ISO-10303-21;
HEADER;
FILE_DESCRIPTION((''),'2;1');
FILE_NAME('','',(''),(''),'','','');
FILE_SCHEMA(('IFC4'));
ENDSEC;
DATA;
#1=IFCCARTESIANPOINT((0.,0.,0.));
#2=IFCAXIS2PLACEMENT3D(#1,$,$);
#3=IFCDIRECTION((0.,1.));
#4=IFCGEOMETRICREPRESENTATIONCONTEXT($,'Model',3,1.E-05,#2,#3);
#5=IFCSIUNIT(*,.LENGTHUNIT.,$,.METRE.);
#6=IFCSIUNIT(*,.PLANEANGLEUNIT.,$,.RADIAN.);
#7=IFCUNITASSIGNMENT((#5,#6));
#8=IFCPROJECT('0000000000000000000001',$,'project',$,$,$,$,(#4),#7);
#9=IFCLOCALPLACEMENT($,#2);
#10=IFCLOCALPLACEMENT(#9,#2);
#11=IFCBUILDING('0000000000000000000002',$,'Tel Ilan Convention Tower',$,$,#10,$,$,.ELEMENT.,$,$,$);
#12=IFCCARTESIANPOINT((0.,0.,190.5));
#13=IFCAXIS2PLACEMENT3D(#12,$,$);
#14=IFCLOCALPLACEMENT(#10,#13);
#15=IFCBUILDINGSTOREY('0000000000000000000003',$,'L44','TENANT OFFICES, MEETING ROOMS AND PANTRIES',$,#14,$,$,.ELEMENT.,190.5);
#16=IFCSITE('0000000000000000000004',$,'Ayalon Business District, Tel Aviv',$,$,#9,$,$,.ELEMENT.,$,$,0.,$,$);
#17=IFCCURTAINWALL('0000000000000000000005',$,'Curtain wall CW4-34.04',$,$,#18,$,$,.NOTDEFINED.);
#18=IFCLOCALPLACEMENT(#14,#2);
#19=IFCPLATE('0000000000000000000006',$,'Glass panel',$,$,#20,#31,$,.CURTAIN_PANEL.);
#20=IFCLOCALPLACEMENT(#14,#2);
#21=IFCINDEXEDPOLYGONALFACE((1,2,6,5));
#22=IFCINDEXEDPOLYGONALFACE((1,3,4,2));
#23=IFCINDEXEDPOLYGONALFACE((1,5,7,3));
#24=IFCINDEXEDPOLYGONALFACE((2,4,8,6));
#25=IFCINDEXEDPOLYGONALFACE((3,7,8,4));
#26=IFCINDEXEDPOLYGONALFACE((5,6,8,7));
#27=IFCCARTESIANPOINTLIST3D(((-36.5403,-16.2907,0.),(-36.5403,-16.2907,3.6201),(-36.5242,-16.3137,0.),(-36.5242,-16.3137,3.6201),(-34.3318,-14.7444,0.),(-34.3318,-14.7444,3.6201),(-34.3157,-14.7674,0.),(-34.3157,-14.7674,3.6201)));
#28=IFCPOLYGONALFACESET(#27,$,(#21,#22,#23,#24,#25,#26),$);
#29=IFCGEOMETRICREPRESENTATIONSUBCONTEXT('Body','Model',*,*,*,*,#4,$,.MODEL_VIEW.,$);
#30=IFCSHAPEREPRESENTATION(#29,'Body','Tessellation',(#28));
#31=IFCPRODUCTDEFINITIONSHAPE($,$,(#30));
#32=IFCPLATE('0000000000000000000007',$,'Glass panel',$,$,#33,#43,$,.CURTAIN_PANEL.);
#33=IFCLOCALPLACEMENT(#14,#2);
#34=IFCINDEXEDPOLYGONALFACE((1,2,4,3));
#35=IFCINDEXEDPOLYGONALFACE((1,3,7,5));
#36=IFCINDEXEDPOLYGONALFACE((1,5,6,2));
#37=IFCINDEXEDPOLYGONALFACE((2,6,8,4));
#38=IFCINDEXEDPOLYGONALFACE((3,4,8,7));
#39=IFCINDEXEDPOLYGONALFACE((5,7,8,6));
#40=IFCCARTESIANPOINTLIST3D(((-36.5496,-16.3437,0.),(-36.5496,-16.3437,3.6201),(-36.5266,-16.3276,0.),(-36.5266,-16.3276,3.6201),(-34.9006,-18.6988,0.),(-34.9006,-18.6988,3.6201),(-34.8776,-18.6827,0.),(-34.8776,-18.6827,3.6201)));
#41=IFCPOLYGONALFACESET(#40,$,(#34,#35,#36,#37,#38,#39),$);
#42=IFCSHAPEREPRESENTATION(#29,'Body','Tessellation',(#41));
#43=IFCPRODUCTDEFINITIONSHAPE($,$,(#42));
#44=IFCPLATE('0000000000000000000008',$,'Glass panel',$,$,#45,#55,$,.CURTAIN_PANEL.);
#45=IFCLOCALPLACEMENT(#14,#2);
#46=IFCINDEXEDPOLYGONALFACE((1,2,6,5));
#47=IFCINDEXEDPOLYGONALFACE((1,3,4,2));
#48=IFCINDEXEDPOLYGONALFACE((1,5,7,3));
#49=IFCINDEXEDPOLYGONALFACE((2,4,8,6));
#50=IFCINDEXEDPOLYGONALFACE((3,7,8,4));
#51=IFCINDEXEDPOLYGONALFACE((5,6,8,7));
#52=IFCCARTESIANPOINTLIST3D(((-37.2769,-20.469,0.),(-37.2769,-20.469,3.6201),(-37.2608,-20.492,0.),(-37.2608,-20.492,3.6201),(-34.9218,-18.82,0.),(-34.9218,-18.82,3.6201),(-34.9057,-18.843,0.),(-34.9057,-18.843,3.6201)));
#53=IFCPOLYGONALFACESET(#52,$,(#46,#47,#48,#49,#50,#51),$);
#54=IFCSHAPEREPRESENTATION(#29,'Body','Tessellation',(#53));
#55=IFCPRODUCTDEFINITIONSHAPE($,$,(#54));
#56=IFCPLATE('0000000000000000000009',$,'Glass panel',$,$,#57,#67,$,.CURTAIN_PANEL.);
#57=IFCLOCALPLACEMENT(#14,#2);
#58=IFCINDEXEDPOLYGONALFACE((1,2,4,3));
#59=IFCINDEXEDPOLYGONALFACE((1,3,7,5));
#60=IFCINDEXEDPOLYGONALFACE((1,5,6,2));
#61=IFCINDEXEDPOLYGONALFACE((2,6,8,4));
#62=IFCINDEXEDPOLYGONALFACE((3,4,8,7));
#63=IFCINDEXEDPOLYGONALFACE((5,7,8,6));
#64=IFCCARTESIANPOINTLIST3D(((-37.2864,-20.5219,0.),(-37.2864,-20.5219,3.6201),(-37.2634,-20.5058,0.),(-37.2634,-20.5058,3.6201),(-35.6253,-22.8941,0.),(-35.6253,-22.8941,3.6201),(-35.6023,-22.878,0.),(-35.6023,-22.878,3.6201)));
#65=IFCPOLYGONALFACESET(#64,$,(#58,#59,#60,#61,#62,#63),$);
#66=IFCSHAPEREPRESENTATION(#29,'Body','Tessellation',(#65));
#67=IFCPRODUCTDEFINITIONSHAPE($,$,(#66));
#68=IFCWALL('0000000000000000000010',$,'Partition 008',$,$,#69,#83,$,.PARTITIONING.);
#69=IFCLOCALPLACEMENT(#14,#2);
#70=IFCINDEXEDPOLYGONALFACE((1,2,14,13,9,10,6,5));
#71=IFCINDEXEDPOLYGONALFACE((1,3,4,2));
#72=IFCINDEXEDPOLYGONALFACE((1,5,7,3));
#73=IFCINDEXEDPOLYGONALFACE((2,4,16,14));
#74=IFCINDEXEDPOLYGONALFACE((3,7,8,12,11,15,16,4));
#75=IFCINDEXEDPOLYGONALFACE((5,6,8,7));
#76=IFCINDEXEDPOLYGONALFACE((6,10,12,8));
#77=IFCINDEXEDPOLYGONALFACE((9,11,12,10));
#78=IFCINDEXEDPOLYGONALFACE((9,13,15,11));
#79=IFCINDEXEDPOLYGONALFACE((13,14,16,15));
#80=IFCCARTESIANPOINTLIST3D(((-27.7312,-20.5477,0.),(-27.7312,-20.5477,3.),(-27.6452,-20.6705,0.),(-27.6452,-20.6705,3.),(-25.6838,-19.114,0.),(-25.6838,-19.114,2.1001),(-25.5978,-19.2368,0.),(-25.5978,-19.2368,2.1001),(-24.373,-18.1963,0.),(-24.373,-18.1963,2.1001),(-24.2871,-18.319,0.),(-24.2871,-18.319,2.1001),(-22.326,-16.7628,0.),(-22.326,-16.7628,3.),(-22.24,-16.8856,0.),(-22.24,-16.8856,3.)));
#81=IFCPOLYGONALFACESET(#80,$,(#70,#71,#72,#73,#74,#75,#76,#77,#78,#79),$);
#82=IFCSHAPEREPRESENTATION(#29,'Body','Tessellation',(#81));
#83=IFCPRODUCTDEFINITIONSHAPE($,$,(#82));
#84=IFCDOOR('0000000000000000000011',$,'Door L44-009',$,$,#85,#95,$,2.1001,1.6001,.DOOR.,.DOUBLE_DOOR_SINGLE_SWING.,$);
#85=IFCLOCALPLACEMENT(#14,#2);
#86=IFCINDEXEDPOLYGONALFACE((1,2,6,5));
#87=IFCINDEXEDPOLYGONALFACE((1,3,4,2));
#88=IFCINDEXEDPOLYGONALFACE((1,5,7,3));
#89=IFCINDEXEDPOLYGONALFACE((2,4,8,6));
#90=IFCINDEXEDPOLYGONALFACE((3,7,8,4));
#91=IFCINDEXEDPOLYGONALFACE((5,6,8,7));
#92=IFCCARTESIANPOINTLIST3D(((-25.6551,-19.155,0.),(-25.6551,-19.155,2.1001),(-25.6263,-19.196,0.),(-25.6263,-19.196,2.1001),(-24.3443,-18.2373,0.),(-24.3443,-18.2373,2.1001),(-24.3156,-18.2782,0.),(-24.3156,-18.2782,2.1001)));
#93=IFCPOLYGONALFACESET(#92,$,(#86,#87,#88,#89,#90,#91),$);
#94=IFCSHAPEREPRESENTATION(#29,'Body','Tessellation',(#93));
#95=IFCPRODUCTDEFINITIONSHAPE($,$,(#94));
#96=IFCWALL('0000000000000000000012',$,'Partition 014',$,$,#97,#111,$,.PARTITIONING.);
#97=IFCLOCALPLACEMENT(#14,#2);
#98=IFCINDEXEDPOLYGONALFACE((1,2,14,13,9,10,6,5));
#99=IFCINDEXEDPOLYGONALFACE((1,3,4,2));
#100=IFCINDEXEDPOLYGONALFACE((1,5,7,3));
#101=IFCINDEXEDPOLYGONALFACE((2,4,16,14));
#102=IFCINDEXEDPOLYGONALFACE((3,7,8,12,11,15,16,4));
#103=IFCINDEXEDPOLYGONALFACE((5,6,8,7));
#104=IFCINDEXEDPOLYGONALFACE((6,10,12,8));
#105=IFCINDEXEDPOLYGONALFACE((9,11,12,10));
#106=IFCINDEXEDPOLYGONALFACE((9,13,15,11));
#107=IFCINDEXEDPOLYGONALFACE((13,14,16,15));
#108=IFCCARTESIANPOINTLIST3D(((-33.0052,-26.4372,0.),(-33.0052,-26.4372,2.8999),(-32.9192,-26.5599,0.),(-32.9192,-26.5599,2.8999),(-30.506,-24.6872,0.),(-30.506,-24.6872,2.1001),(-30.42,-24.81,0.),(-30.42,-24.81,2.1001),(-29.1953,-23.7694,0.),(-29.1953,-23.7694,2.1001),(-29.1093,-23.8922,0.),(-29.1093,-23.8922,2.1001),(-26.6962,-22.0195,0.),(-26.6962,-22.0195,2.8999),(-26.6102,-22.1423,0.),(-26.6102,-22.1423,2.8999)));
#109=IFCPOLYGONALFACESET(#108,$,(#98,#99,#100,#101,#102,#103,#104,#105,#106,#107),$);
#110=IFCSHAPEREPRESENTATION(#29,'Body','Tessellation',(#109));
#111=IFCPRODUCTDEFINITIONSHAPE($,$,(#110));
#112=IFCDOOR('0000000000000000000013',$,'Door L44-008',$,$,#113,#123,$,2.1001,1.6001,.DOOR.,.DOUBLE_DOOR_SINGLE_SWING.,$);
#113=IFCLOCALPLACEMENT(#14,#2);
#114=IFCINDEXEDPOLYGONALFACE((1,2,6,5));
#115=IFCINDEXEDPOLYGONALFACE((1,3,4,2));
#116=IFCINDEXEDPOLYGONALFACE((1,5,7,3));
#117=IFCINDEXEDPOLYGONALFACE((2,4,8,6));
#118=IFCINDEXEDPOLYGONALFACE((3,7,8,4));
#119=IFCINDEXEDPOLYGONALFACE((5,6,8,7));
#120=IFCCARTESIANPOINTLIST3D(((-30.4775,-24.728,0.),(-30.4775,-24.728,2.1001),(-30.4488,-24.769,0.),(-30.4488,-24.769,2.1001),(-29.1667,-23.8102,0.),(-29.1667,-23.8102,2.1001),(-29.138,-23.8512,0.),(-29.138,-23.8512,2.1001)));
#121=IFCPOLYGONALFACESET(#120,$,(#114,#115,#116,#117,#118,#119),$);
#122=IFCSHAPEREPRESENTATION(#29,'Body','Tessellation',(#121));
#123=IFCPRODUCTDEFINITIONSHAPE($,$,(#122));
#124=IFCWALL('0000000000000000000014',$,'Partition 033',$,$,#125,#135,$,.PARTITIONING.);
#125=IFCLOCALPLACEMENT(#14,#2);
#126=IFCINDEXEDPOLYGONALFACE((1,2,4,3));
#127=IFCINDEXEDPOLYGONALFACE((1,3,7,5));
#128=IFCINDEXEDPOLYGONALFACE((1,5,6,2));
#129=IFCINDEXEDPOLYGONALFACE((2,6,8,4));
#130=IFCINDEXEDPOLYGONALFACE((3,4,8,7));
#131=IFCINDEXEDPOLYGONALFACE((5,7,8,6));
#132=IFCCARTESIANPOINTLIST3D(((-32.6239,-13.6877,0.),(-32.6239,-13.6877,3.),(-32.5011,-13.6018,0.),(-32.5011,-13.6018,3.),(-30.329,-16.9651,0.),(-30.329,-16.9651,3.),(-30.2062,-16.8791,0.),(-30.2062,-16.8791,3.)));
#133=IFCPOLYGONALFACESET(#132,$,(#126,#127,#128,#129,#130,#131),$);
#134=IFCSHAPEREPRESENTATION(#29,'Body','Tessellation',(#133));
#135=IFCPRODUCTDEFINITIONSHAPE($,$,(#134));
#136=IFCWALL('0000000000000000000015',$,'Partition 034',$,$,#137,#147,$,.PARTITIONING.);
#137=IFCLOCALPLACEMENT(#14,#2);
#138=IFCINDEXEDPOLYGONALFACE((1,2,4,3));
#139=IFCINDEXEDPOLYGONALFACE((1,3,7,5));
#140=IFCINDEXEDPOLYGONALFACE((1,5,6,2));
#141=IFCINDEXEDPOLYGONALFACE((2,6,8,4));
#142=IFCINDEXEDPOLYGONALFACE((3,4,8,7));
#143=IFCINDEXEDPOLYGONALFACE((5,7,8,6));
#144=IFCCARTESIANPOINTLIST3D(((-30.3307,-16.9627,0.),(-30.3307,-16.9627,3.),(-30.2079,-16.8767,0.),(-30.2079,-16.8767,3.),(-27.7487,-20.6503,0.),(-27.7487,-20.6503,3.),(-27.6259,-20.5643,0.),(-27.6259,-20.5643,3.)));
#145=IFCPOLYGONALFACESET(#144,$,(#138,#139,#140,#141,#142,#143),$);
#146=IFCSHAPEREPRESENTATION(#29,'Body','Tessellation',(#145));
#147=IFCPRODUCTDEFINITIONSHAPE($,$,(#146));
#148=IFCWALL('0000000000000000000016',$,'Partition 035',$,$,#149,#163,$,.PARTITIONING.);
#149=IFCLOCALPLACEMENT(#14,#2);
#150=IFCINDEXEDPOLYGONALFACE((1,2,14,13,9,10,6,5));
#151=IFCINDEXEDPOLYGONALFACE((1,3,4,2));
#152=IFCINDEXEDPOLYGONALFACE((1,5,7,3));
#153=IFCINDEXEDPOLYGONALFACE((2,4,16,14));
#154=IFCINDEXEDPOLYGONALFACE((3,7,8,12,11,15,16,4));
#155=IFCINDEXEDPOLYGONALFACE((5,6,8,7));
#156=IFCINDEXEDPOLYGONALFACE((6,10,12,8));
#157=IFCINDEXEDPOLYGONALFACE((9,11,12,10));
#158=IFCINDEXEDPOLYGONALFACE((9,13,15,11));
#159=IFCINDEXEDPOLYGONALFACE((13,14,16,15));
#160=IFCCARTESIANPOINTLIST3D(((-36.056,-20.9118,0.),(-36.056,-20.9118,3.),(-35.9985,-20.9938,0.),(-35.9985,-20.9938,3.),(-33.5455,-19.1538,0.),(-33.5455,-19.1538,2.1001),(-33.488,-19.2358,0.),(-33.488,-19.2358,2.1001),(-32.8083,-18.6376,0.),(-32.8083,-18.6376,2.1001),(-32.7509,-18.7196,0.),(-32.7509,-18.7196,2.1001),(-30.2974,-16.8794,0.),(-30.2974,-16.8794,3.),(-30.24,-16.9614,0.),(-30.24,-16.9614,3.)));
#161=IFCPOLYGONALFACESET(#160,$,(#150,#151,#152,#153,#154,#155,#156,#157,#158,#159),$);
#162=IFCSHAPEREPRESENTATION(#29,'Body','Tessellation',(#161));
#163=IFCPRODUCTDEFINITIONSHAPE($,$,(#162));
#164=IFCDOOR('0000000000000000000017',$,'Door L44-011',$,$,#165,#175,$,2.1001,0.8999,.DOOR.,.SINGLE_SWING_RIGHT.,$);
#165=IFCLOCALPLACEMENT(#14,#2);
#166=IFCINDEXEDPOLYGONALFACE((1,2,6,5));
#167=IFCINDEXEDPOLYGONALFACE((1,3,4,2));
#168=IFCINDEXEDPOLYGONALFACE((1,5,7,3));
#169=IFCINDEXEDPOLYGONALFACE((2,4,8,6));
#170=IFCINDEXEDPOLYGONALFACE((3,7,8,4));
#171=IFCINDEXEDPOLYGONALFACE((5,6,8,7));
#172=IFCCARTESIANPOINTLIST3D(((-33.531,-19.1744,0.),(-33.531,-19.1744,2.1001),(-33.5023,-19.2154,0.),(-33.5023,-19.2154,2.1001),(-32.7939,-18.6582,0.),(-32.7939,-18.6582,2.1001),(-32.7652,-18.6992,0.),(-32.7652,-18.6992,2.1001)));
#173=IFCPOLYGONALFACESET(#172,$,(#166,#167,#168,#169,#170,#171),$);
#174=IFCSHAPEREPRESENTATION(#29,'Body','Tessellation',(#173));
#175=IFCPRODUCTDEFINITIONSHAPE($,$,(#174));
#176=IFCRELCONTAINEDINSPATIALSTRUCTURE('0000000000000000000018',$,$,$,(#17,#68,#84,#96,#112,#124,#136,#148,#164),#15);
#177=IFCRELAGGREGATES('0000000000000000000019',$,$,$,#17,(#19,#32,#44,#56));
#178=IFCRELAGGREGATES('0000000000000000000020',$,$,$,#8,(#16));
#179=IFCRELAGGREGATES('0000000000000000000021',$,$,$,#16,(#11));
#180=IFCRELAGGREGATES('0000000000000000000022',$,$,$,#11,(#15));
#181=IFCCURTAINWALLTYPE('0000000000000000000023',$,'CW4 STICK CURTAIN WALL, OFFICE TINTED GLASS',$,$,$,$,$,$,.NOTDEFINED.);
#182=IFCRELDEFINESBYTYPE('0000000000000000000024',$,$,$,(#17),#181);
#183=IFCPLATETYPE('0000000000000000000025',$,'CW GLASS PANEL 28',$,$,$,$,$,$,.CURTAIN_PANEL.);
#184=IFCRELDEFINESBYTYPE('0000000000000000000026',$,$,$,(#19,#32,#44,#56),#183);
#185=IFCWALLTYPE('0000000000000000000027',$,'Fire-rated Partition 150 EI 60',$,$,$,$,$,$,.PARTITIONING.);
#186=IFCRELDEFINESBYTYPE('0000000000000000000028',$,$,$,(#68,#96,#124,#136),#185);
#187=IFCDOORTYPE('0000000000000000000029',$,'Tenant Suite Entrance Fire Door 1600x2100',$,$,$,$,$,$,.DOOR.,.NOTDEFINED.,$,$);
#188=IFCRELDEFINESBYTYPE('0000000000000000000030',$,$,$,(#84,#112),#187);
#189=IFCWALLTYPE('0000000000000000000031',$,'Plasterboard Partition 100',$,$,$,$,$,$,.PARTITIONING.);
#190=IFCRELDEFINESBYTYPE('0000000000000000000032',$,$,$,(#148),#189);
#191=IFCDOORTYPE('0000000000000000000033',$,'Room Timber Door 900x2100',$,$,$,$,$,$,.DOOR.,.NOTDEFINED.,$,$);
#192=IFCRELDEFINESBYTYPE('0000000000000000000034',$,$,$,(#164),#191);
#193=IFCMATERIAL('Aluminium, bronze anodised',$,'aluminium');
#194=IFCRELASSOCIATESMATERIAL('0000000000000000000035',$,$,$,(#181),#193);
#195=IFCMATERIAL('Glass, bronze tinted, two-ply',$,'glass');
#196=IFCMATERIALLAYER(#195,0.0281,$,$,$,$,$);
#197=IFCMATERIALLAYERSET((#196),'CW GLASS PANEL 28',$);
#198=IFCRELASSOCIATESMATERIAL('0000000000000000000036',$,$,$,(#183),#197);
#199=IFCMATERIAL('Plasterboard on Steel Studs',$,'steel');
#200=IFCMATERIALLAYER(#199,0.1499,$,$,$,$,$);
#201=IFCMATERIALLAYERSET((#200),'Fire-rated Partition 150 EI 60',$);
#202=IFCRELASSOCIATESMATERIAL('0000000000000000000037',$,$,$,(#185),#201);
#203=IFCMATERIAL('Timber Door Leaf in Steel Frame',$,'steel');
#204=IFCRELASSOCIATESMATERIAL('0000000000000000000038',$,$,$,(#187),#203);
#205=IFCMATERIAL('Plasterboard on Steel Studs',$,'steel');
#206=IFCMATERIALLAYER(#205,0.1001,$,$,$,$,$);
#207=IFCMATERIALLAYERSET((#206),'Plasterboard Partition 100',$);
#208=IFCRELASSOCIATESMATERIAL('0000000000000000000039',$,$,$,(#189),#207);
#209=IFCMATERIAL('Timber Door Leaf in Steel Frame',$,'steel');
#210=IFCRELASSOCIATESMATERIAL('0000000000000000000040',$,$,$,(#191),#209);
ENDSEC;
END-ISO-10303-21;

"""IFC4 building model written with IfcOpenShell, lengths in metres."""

from ifc_helpers import new_model, si_unit, direction, frame, frame_2d, origin, origin_2d, place, context, subcontext, project, spatial, rectangle, extrude, material, layer, layer_set, type_object, element, fill, aggregate, save


model = new_model("IFC4")

# Units and contexts
model_context = context("Model", 3, precision=1e-05, world=origin(), true_north=direction((0.0, 1.0)))
body_context = subcontext(model_context, "Body", "Model", "MODEL_VIEW")
ifc_project = project(units=[si_unit("LENGTHUNIT", "METRE"), si_unit("PLANEANGLEUNIT", "RADIAN")], contexts=[model_context])

# Site, building, storey
site_placement = place(None, origin())
site = spatial("IfcSite", under=ifc_project, at=site_placement, Name="Ayalon Business District, Tel Aviv", CompositionType="ELEMENT", RefElevation=0.0)
building_placement = place(site_placement, origin())
building = spatial("IfcBuilding", under=site, at=building_placement, Name="Tel Ilan Convention Tower", CompositionType="ELEMENT")
storey_placement = place(building_placement, frame((0.0, 0.0, 190.5)))
storey = spatial("IfcBuildingStorey", under=building, at=storey_placement, Name="L44", Description="TENANT OFFICES, MEETING ROOMS AND PANTRIES", CompositionType="ELEMENT", Elevation=190.5)

# Curtain wall, plates
ifc_material_1 = material(Name="Aluminium, bronze anodised", Category="aluminium")
curtain_wall_type = type_object("IfcCurtainWallType", Name="CW4 STICK CURTAIN WALL, OFFICE TINTED GLASS", PredefinedType="NOTDEFINED", material=ifc_material_1)
curtain_wall_placement = place(storey_placement, origin())
curtain_wall = element("IfcCurtainWall", 1, at=curtain_wall_placement, inside=storey, type_object=curtain_wall_type, Name="Curtain wall CW4-34.04", PredefinedType="NOTDEFINED")
ifc_material_2 = material(Name="Glass, bronze tinted, two-ply", Category="glass")
ifc_layer_1 = layer(ifc_material_2, 0.0281)
ifc_layer_set_1 = layer_set([ifc_layer_1], Name="CW GLASS PANEL 28")
plate_type = type_object("IfcPlateType", Name="CW GLASS PANEL 28", PredefinedType="CURTAIN_PANEL", material=ifc_layer_set_1)
plate_1_placement = place(storey_placement, frame((-35.428, -15.5291, 0.0), z_axis=(0.0, 0.0, 1.0), x_axis=(-0.819152, -0.573576, 0.0)))
plate_1 = element("IfcPlate", 2, at=plate_1_placement, type_object=plate_type, Name="Glass panel", PredefinedType="CURTAIN_PANEL", context=body_context, shape_type="SweptSolid", body=[
    extrude(rectangle(XDim=2.696, YDim=0.0281, at=origin_2d()), origin(), (0.0, 0.0, 1.0), 3.6201),
])
plate_2_placement = place(storey_placement, frame((-35.7136, -17.5132, 0.0), z_axis=(0.0, 0.0, 1.0), x_axis=(0.573576, -0.819152, 0.0)))
plate_2 = element("IfcPlate", 3, at=plate_2_placement, type_object=plate_type, Name="Glass panel", PredefinedType="CURTAIN_PANEL", context=body_context, shape_type="SweptSolid", body=[
    extrude(rectangle(XDim=2.875, YDim=0.0281, at=origin_2d()), origin(), (0.0, 0.0, 1.0), 3.6201),
])
plate_3_placement = place(storey_placement, frame((-36.0913, -19.656, 0.0), z_axis=(0.0, 0.0, 1.0), x_axis=(-0.819152, -0.573576, 0.0)))
plate_3 = element("IfcPlate", 4, at=plate_3_placement, type_object=plate_type, Name="Glass panel", PredefinedType="CURTAIN_PANEL", context=body_context, shape_type="SweptSolid", body=[
    extrude(rectangle(XDim=2.875, YDim=0.0281, at=origin_2d()), origin(), (0.0, 0.0, 1.0), 3.6201),
])
plate_4_placement = place(storey_placement, frame((-36.4443, -21.7, 0.0), z_axis=(0.0, 0.0, 1.0), x_axis=(0.573576, -0.819152, 0.0)))
plate_4 = element("IfcPlate", 5, at=plate_4_placement, type_object=plate_type, Name="Glass panel", PredefinedType="CURTAIN_PANEL", context=body_context, shape_type="SweptSolid", body=[
    extrude(rectangle(XDim=2.896, YDim=0.0281, at=origin_2d()), origin(), (0.0, 0.0, 1.0), 3.6201),
])
aggregate(curtain_wall, [plate_1, plate_2, plate_3, plate_4])

# Walls, openings, doors
ifc_material_3 = material(Name="Plasterboard on Steel Studs", Category="steel")
ifc_layer_2 = layer(ifc_material_3, 0.1499)
ifc_layer_set_2 = layer_set([ifc_layer_2], Name="Fire-rated Partition 150 EI 60")
wall_type_1 = type_object("IfcWallType", Name="Fire-rated Partition 150 EI 60", PredefinedType="PARTITIONING", material=ifc_layer_set_2)
wall_1_placement = place(storey_placement, frame((-27.6882, -20.6091, 0.0), z_axis=(0.0, 0.0, 1.0), x_axis=(0.819145, 0.573586, 0.0)))
wall_1 = element("IfcWall", 6, at=wall_1_placement, inside=storey, type_object=wall_type_1, Name="Partition 008", PredefinedType="PARTITIONING", context=body_context, shape_type="SweptSolid", body=[
    extrude(rectangle(XDim=6.5986, YDim=0.1499, at=frame_2d((3.2993, 0.0))), origin(), (0.0, 0.0, 1.0), 3.0),
])
opening_1_placement = place(wall_1_placement, frame((2.4995, 0.0, 0.0)))
opening_1 = element("IfcOpeningElement", 7, at=opening_1_placement, cuts=wall_1, PredefinedType="OPENING", context=body_context, shape_type="SweptSolid", body=[
    extrude(rectangle(XDim=1.6001, YDim=2.1001, at=frame_2d((0.8, 1.05))), frame((0.0, 0.085, 0.0), z_axis=(0.0, -1.0, 0.0), x_axis=(1.0, 0.0, 0.0)), (0.0, 0.0, 1.0), 0.1699),
])
ifc_material_4 = material(Name="Timber Door Leaf in Steel Frame", Category="steel")
door_type_1 = type_object("IfcDoorType", Name="Tenant Suite Entrance Fire Door 1600x2100", OperationType="NOTDEFINED", PredefinedType="DOOR", material=ifc_material_4)
door_1_placement = place(opening_1_placement, origin())
door_1 = element("IfcDoor", 8, at=door_1_placement, inside=storey, type_object=door_type_1, Name="Door L44-009", OperationType="DOUBLE_DOOR_SINGLE_SWING", OverallHeight=2.1001, OverallWidth=1.6001, PredefinedType="DOOR", context=body_context, shape_type="SweptSolid", body=[
    extrude(rectangle(XDim=1.6001, YDim=2.1001, at=frame_2d((0.8, 1.05))), frame((0.0, 0.0249, 0.0), z_axis=(0.0, -1.0, 0.0), x_axis=(1.0, 0.0, 0.0)), (0.0, 0.0, 1.0), 0.05),
])
fill(opening_1, door_1)
wall_2_placement = place(storey_placement, frame((-26.6531, -22.0808, 0.0), z_axis=(0.0, 0.0, 1.0), x_axis=(-0.819149, -0.573581, 0.0)))
wall_2 = element("IfcWall", 9, at=wall_2_placement, inside=storey, type_object=wall_type_1, Name="Partition 014", PredefinedType="PARTITIONING", context=body_context, shape_type="SweptSolid", body=[
    extrude(rectangle(XDim=7.7019, YDim=0.1499, at=frame_2d((3.8511, 0.0))), origin(), (0.0, 0.0, 1.0), 2.8999),
])
opening_2_placement = place(wall_2_placement, frame((3.051, 0.0, 0.0)))
opening_2 = element("IfcOpeningElement", 10, at=opening_2_placement, cuts=wall_2, PredefinedType="OPENING", context=body_context, shape_type="SweptSolid", body=[
    extrude(rectangle(XDim=1.6001, YDim=2.1001, at=frame_2d((0.8, 1.05))), frame((0.0, 0.085, 0.0), z_axis=(0.0, -1.0, 0.0), x_axis=(1.0, 0.0, 0.0)), (0.0, 0.0, 1.0), 0.1699),
])
door_2_placement = place(opening_2_placement, origin())
door_2 = element("IfcDoor", 11, at=door_2_placement, inside=storey, type_object=door_type_1, Name="Door L44-008", OperationType="DOUBLE_DOOR_SINGLE_SWING", OverallHeight=2.1001, OverallWidth=1.6001, PredefinedType="DOOR", context=body_context, shape_type="SweptSolid", body=[
    extrude(rectangle(XDim=1.6001, YDim=2.1001, at=frame_2d((0.8, 1.05))), frame((0.0, 0.0249, 0.0), z_axis=(0.0, -1.0, 0.0), x_axis=(1.0, 0.0, 0.0)), (0.0, 0.0, 1.0), 0.05),
])
fill(opening_2, door_2)

# Walls
wall_3_placement = place(storey_placement, frame((-30.2676, -16.9221, 0.0), z_axis=(0.0, 0.0, 1.0), x_axis=(-0.573593, 0.81914, 0.0)))
element("IfcWall", 12, at=wall_3_placement, inside=storey, type_object=wall_type_1, Name="Partition 033", PredefinedType="PARTITIONING", context=body_context, shape_type="SweptSolid", body=[
    extrude(rectangle(XDim=4.001, YDim=0.1499, at=frame_2d((2.0005, 0.0))), origin(), (0.0, 0.0, 1.0), 3.0),
])
wall_4_placement = place(storey_placement, frame((-27.6873, -20.6074, 0.0), z_axis=(0.0, 0.0, 1.0), x_axis=(-0.573553, 0.819168, 0.0)))
element("IfcWall", 13, at=wall_4_placement, inside=storey, type_object=wall_type_1, Name="Partition 034", PredefinedType="PARTITIONING", context=body_context, shape_type="SweptSolid", body=[
    extrude(rectangle(XDim=4.5017, YDim=0.1499, at=frame_2d((2.251, 0.0))), origin(), (0.0, 0.0, 1.0), 3.0),
])

# Wall, opening, door
ifc_material_5 = material(Name="Plasterboard on Steel Studs", Category="steel")
ifc_layer_3 = layer(ifc_material_5, 0.1001)
ifc_layer_set_3 = layer_set([ifc_layer_3], Name="Plasterboard Partition 100")
wall_type_2 = type_object("IfcWallType", Name="Plasterboard Partition 100", PredefinedType="PARTITIONING", material=ifc_layer_set_3)
wall_5_placement = place(storey_placement, frame((-36.0273, -20.9529, 0.0), z_axis=(0.0, 0.0, 1.0), x_axis=(0.819132, 0.573605, 0.0)))
wall_5 = element("IfcWall", 14, at=wall_5_placement, inside=storey, type_object=wall_type_2, Name="Partition 035", PredefinedType="PARTITIONING", context=body_context, shape_type="SweptSolid", body=[
    extrude(rectangle(XDim=7.03, YDim=0.1001, at=frame_2d((3.5151, 0.0))), origin(), (0.0, 0.0, 1.0), 3.0),
])
opening_3_placement = place(wall_5_placement, frame((3.0649, 0.0, 0.0)))
opening_3 = element("IfcOpeningElement", 15, at=opening_3_placement, cuts=wall_5, PredefinedType="OPENING", context=body_context, shape_type="SweptSolid", body=[
    extrude(rectangle(XDim=0.8999, YDim=2.1001, at=frame_2d((0.45, 1.05))), frame((0.0, 0.0601, 0.0), z_axis=(0.0, -1.0, 0.0), x_axis=(1.0, 0.0, 0.0)), (0.0, 0.0, 1.0), 0.1201),
])
ifc_material_6 = material(Name="Timber Door Leaf in Steel Frame", Category="steel")
door_type_2 = type_object("IfcDoorType", Name="Room Timber Door 900x2100", OperationType="NOTDEFINED", PredefinedType="DOOR", material=ifc_material_6)
door_3_placement = place(opening_3_placement, origin())
door_3 = element("IfcDoor", 16, at=door_3_placement, inside=storey, type_object=door_type_2, Name="Door L44-011", OperationType="SINGLE_SWING_RIGHT", OverallHeight=2.1001, OverallWidth=0.8999, PredefinedType="DOOR", context=body_context, shape_type="SweptSolid", body=[
    extrude(rectangle(XDim=0.8999, YDim=2.1001, at=frame_2d((0.45, 1.05))), frame((0.0, 0.0249, 0.0), z_axis=(0.0, -1.0, 0.0), x_axis=(1.0, 0.0, 0.0)), (0.0, 0.0, 1.0), 0.05),
])
fill(opening_3, door_3)

save(model, "model.ifc")
